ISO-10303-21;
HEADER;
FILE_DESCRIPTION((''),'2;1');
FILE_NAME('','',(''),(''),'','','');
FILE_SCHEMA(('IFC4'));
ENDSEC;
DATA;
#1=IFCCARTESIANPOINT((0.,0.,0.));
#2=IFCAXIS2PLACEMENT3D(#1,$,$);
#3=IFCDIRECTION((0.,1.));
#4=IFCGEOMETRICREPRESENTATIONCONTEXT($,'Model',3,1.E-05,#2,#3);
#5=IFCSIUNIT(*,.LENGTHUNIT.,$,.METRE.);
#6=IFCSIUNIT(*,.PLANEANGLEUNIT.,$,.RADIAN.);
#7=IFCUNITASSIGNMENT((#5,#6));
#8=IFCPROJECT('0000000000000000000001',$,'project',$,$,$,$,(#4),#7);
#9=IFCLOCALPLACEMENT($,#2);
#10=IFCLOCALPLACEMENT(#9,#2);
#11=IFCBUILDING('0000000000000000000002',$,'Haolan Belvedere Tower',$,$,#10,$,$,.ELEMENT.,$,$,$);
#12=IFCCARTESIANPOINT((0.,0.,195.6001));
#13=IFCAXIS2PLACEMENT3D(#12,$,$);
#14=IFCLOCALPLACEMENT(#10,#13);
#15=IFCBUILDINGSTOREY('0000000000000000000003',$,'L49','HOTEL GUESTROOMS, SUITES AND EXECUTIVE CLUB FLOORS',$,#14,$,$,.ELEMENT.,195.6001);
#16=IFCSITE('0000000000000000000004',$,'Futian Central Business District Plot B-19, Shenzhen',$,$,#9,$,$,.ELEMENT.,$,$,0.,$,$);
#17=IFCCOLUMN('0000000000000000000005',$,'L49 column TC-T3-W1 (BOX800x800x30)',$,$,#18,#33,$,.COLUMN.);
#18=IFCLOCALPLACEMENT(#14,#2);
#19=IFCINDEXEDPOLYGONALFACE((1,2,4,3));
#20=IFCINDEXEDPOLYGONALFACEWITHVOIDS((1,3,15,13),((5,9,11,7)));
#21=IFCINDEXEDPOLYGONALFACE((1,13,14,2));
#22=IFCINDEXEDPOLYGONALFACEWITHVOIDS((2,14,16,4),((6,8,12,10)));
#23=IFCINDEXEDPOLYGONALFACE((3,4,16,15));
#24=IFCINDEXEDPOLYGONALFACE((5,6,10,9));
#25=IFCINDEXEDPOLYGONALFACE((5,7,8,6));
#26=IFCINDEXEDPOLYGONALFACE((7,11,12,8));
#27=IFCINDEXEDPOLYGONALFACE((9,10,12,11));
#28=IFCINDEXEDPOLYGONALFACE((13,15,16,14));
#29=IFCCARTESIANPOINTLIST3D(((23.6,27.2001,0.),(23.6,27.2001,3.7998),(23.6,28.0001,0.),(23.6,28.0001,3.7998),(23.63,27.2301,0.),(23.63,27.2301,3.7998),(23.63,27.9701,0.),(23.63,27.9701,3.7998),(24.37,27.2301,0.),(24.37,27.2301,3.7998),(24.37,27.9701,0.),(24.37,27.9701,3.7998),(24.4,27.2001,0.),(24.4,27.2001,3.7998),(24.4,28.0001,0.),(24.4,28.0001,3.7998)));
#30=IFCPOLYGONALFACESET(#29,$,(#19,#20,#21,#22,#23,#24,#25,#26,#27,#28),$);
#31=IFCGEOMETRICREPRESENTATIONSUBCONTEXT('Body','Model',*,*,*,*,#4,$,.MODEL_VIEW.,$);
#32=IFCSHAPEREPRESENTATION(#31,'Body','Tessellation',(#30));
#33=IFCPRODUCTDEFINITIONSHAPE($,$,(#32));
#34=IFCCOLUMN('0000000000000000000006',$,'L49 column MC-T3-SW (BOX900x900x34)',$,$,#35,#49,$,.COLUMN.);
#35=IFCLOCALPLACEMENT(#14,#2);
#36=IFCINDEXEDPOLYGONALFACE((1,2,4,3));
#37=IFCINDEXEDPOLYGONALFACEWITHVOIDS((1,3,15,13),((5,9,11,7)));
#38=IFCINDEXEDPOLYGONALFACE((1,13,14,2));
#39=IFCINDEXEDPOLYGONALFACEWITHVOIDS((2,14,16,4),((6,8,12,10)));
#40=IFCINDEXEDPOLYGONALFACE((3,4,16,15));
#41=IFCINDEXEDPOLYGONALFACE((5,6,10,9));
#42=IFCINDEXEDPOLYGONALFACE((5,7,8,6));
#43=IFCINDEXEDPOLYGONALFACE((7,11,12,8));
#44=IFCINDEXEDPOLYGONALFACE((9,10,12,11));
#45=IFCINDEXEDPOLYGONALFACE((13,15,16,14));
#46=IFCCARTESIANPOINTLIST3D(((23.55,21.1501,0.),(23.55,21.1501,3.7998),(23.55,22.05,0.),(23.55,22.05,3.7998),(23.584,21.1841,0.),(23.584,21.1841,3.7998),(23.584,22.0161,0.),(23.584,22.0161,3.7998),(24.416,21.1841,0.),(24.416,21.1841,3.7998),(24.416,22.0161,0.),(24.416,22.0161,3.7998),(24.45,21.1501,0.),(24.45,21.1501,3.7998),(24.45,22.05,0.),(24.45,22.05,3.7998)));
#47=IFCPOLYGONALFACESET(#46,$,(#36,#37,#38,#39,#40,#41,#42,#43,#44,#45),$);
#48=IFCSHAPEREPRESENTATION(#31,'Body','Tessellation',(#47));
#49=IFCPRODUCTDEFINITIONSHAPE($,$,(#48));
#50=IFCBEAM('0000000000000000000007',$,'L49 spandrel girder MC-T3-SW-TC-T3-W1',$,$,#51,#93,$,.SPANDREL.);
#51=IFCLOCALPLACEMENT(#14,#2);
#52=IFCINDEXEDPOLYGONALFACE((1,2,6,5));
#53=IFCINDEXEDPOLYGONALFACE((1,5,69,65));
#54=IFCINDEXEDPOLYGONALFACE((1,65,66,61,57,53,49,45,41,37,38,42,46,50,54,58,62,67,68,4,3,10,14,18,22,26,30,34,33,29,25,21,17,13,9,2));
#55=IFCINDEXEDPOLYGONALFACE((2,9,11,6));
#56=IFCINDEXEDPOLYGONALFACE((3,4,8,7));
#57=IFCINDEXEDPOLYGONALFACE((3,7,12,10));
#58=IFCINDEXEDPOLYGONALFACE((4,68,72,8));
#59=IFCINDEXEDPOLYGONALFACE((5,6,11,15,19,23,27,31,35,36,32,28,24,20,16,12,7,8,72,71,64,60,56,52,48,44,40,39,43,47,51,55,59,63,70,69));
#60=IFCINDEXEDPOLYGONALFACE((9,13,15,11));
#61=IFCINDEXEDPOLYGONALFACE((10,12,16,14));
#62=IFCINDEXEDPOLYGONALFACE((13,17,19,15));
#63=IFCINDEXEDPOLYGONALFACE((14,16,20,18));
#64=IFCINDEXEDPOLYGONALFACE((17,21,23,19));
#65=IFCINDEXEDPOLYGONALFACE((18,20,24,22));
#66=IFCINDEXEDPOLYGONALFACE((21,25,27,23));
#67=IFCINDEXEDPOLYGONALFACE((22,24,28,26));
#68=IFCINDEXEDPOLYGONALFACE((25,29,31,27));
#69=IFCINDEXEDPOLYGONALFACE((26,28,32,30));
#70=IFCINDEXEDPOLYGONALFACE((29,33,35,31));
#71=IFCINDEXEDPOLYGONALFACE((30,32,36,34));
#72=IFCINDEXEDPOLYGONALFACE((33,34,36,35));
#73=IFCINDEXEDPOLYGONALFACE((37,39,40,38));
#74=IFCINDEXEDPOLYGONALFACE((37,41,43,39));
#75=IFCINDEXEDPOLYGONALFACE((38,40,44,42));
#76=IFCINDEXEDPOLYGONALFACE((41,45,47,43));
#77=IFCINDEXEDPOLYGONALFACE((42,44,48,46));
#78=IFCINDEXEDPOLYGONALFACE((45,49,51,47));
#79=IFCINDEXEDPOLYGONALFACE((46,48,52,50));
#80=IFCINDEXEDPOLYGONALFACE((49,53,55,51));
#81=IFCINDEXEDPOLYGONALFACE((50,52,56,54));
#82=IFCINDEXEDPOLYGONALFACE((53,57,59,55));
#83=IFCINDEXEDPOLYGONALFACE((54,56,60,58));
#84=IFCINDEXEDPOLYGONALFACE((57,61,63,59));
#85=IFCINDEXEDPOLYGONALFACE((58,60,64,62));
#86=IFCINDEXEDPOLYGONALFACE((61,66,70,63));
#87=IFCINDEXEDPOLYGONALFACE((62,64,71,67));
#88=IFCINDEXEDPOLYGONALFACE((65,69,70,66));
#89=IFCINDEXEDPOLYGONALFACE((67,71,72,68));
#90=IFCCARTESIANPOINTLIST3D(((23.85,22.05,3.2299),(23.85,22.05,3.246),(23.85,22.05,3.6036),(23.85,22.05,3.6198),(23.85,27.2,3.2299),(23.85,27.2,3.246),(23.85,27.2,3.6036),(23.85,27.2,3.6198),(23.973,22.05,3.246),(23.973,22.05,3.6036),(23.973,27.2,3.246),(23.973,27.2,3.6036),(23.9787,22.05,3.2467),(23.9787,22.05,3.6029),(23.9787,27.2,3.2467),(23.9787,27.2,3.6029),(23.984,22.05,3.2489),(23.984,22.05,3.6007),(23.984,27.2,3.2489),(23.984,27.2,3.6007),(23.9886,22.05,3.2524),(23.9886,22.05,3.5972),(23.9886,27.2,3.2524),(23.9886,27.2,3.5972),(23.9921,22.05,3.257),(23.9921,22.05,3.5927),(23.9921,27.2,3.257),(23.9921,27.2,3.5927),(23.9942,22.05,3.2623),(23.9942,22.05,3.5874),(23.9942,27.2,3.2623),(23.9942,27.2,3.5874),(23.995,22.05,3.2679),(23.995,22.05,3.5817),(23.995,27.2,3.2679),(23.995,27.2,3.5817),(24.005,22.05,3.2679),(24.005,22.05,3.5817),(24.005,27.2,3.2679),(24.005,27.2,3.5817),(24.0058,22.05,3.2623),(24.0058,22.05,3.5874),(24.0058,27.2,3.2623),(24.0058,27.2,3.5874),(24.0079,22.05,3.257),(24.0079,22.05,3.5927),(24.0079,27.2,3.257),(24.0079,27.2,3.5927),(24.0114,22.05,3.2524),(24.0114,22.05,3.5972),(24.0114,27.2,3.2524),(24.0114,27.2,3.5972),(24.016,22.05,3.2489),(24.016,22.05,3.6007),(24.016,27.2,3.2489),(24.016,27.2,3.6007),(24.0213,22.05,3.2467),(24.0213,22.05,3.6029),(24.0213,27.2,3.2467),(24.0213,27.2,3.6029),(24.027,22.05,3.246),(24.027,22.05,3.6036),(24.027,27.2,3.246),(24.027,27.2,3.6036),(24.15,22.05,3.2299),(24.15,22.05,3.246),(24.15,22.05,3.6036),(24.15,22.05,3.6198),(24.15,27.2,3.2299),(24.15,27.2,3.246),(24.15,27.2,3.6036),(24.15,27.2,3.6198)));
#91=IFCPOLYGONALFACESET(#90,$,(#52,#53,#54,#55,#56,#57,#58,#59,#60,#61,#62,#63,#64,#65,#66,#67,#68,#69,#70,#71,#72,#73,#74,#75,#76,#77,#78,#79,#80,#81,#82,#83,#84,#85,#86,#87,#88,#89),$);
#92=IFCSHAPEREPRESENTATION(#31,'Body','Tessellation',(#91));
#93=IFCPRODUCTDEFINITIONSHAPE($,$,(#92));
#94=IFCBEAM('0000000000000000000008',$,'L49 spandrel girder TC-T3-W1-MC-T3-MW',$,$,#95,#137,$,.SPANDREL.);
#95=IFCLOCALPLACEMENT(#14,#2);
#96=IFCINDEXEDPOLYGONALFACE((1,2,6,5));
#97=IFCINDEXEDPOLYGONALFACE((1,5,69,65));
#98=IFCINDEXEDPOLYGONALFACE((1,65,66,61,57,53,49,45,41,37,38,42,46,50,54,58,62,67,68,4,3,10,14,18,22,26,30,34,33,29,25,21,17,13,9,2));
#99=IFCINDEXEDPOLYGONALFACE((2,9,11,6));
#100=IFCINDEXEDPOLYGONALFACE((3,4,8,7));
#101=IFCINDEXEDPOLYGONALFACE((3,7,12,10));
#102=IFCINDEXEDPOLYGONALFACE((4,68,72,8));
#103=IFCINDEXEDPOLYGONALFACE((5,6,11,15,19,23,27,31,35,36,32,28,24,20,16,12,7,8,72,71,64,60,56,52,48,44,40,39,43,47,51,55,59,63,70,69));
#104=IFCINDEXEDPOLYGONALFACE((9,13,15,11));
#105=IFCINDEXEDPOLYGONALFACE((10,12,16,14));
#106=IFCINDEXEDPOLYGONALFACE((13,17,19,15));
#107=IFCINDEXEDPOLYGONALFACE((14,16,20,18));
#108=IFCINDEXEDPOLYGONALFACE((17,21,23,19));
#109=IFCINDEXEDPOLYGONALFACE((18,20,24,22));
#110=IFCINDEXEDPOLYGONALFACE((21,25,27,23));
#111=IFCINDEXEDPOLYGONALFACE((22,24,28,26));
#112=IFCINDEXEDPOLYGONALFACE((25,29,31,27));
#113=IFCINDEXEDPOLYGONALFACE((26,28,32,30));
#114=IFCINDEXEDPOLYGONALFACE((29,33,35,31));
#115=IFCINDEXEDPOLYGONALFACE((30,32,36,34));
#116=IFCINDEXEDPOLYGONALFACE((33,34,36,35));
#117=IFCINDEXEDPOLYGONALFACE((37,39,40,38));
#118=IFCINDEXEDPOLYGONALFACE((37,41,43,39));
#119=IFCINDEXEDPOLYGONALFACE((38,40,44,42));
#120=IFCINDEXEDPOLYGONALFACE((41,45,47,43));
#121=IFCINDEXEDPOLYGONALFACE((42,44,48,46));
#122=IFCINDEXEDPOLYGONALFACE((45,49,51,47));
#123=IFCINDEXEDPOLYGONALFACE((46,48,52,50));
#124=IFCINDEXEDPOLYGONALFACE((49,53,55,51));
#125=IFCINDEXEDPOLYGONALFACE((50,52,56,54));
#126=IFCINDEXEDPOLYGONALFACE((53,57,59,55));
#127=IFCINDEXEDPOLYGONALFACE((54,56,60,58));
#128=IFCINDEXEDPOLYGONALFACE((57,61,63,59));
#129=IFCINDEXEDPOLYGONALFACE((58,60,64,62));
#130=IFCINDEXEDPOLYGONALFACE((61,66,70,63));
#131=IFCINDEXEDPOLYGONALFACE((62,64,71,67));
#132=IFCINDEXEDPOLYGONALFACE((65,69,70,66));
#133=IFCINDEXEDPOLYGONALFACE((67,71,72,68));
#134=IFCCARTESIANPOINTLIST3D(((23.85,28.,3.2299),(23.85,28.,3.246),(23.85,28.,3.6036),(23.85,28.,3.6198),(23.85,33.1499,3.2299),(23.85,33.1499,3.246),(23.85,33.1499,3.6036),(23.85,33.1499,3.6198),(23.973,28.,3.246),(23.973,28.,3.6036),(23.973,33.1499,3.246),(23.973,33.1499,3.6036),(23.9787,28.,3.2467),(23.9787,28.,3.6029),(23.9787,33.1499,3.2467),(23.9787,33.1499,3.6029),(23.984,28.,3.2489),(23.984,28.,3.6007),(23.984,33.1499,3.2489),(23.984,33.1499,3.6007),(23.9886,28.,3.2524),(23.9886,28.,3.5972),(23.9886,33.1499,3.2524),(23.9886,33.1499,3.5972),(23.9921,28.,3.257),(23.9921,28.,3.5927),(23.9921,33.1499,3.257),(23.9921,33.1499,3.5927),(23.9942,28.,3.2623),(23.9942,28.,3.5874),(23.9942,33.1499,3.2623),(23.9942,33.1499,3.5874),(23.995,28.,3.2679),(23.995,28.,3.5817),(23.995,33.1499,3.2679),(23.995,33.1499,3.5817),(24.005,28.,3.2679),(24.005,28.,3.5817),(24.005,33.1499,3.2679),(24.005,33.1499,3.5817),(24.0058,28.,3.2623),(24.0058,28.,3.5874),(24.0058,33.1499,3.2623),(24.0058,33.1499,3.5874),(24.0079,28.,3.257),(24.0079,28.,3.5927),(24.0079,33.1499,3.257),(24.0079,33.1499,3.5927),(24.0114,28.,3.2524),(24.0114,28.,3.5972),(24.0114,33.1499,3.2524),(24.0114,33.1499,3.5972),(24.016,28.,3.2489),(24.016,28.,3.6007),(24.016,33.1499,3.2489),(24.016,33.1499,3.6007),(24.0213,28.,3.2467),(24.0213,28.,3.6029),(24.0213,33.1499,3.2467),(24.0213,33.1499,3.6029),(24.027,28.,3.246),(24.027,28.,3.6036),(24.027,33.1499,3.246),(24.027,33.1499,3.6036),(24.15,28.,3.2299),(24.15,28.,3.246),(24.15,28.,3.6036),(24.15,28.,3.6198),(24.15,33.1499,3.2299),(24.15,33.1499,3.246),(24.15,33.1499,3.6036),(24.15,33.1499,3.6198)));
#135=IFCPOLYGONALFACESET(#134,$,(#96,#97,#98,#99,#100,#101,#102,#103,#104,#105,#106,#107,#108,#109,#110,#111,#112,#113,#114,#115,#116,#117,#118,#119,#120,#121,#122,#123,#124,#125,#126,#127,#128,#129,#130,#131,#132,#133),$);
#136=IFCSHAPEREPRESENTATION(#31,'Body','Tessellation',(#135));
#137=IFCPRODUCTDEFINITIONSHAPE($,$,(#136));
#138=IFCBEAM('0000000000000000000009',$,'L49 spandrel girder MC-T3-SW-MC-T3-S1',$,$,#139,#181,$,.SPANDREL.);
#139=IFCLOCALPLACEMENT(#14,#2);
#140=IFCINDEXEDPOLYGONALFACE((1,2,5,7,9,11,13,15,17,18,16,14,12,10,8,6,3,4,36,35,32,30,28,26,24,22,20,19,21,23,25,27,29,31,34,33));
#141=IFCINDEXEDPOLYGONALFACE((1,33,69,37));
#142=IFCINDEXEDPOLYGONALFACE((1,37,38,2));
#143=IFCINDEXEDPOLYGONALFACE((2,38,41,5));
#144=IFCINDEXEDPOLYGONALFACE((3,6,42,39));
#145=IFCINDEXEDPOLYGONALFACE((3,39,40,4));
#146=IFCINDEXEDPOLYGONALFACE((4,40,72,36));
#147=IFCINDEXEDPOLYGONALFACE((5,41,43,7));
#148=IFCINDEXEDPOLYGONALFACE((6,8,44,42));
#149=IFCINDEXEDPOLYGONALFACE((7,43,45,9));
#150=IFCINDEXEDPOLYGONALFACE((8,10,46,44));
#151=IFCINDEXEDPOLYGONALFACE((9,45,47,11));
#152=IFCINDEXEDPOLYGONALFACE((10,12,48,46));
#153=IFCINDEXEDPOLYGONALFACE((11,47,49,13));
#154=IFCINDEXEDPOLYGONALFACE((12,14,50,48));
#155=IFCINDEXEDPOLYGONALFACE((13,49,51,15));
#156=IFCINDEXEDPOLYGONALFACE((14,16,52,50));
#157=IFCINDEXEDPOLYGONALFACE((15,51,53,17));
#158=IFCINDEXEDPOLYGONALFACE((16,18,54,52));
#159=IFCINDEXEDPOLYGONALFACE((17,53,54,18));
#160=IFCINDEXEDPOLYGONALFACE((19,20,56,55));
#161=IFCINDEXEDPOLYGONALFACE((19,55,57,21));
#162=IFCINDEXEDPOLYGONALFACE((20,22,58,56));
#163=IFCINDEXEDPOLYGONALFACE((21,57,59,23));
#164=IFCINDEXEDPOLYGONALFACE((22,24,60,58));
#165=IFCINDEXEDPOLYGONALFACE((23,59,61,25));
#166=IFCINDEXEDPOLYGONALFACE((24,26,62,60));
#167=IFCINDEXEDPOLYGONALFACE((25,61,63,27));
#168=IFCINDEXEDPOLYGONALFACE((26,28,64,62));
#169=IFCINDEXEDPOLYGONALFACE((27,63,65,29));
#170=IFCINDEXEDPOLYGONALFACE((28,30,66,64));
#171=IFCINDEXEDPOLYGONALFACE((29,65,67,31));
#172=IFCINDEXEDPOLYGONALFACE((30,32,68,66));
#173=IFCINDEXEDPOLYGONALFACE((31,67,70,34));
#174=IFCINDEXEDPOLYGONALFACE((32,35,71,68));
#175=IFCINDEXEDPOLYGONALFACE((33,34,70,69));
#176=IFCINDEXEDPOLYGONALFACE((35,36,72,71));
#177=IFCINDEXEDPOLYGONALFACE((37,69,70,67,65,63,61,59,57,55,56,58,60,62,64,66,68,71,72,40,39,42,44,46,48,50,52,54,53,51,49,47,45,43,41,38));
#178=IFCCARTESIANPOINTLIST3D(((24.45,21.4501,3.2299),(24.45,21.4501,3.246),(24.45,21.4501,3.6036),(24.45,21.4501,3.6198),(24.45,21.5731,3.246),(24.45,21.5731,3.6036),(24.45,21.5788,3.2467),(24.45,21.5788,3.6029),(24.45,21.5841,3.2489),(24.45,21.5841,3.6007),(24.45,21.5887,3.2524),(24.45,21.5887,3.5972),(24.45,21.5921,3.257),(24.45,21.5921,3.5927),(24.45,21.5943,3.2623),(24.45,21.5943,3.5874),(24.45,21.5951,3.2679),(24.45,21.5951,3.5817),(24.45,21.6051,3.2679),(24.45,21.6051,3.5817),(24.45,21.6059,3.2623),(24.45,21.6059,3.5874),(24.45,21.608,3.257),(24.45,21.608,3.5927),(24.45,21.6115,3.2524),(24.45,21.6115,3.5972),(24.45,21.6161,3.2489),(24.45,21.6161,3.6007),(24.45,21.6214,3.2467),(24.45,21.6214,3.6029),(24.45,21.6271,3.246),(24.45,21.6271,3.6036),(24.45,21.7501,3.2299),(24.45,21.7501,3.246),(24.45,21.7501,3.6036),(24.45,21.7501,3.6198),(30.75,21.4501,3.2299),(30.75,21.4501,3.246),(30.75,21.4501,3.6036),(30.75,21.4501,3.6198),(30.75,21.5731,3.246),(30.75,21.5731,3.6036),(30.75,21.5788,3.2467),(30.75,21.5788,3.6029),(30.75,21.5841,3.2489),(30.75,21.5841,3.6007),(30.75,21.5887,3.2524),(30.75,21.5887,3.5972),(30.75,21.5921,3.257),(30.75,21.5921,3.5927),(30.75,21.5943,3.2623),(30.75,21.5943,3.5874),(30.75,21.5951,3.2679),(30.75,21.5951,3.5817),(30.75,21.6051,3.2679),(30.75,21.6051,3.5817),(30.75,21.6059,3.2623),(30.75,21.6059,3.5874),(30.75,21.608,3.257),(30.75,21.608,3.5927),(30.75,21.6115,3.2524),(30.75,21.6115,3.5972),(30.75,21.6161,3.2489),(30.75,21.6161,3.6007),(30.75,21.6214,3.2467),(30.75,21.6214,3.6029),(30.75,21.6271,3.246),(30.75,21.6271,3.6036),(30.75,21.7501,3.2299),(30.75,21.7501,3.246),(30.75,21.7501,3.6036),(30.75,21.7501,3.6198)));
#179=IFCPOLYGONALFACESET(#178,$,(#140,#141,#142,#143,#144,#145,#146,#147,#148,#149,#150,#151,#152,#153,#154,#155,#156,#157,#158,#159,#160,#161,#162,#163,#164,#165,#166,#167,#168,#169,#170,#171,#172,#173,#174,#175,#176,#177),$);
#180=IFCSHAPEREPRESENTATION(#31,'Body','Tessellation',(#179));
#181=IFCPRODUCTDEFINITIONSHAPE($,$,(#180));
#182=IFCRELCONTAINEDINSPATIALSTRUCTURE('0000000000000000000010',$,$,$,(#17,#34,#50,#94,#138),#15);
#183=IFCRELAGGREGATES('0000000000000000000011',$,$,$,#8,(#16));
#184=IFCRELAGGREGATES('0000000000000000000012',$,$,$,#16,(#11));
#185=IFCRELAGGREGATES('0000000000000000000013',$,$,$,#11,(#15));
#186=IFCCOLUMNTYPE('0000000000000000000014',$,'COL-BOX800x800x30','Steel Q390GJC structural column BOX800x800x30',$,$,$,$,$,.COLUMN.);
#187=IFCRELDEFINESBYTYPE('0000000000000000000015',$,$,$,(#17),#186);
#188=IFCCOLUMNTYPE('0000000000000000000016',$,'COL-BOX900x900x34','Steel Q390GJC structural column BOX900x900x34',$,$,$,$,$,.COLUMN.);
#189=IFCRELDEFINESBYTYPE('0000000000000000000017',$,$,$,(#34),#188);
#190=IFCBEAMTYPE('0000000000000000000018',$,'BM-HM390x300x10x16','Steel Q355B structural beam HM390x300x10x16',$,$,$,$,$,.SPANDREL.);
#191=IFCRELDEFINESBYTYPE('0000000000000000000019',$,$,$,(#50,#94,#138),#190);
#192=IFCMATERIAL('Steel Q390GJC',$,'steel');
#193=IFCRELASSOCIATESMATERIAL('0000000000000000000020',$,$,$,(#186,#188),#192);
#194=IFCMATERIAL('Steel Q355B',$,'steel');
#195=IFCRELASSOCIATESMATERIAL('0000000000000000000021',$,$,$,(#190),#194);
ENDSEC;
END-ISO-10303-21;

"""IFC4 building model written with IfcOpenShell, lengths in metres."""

from ifc_helpers import new_model, si_unit, direction, frame, origin, origin_2d, place, context, subcontext, project, spatial, hollow_rectangle, i_section, extrude, material, material_profile, profile_set, type_object, element, save


model = new_model("IFC4")

# Units and contexts
model_context = context("Model", 3, precision=1e-05, world=origin(), true_north=direction((0.0, 1.0)))
body_context = subcontext(model_context, "Body", "Model", "MODEL_VIEW")
ifc_project = project(units=[si_unit("LENGTHUNIT", "METRE"), si_unit("PLANEANGLEUNIT", "RADIAN")], contexts=[model_context])

# Site, building, storey
site_placement = place(None, origin())
site = spatial("IfcSite", under=ifc_project, at=site_placement, Name="Futian Central Business District Plot B-19, Shenzhen", CompositionType="ELEMENT", RefElevation=0.0)
building_placement = place(site_placement, origin())
building = spatial("IfcBuilding", under=site, at=building_placement, Name="Haolan Belvedere Tower", CompositionType="ELEMENT")
storey_placement = place(building_placement, frame((0.0, 0.0, 195.6001)))
storey = spatial("IfcBuildingStorey", under=building, at=storey_placement, Name="L49", Description="HOTEL GUESTROOMS, SUITES AND EXECUTIVE CLUB FLOORS", CompositionType="ELEMENT", Elevation=195.6001)

# Columns
ifc_material_1 = material(Name="Steel Q390GJC", Category="steel")
ifc_material_profile_1 = material_profile(ifc_material_1, hollow_rectangle(XDim=0.8, YDim=0.8, WallThickness=0.03, at=origin_2d()), Name="Steel Q390GJC")
ifc_profile_set_1 = profile_set([ifc_material_profile_1], Name="Steel Q390GJC")
column_type_1 = type_object("IfcColumnType", Name="COL-BOX800x800x30", Description="Steel Q390GJC structural column BOX800x800x30", PredefinedType="COLUMN", material=ifc_profile_set_1)
column_1_placement = place(storey_placement, frame((24.0, 27.6001, 0.0), z_axis=(0.0, 0.0, 1.0), x_axis=(1.0, 0.0, 0.0)))
element("IfcColumn", 1, at=column_1_placement, inside=storey, type_object=column_type_1, Name="L49 column TC-T3-W1 (BOX800x800x30)", PredefinedType="COLUMN", context=body_context, shape_type="SweptSolid", body=[
    extrude(hollow_rectangle(XDim=0.8, YDim=0.8, WallThickness=0.03, at=origin_2d()), origin(), (0.0, 0.0, 1.0), 3.7998),
])
ifc_material_profile_2 = material_profile(ifc_material_1, hollow_rectangle(XDim=0.8999, YDim=0.8999, WallThickness=0.0339, at=origin_2d()), Name="Steel Q390GJC")
ifc_profile_set_2 = profile_set([ifc_material_profile_2], Name="Steel Q390GJC")
column_type_2 = type_object("IfcColumnType", Name="COL-BOX900x900x34", Description="Steel Q390GJC structural column BOX900x900x34", PredefinedType="COLUMN", material=ifc_profile_set_2)
column_2_placement = place(storey_placement, frame((24.0, 21.6001, 0.0), z_axis=(0.0, 0.0, 1.0), x_axis=(1.0, 0.0, 0.0)))
element("IfcColumn", 2, at=column_2_placement, inside=storey, type_object=column_type_2, Name="L49 column MC-T3-SW (BOX900x900x34)", PredefinedType="COLUMN", context=body_context, shape_type="SweptSolid", body=[
    extrude(hollow_rectangle(XDim=0.8999, YDim=0.8999, WallThickness=0.0339, at=origin_2d()), origin(), (0.0, 0.0, 1.0), 3.7998),
])

# Beams
ifc_material_2 = material(Name="Steel Q355B", Category="steel")
ifc_material_profile_3 = material_profile(ifc_material_2, i_section(OverallWidth=0.3, OverallDepth=0.3899, WebThickness=0.01, FlangeThickness=0.0161, FilletRadius=0.022, at=origin_2d()), Name="Steel Q355B")
ifc_profile_set_3 = profile_set([ifc_material_profile_3], Name="Steel Q355B")
beam_type_1 = type_object("IfcBeamType", Name="BM-HM390x300x10x16", Description="Steel Q355B structural beam HM390x300x10x16", PredefinedType="SPANDREL", material=ifc_profile_set_3)
for number, where, z_axis, x_axis, name in (
    (3, (24.0, 22.05, 3.4248), (0.0, 1.0, 0.0), (-1.0, 0.0, 0.0), "L49 spandrel girder MC-T3-SW-TC-T3-W1"),
    (4, (24.0, 28.0, 3.4248), (0.0, 1.0, 0.0), (-1.0, 0.0, 0.0), "L49 spandrel girder TC-T3-W1-MC-T3-MW"),
):
    element("IfcBeam", number, at=place(storey_placement, frame(where, z_axis=z_axis, x_axis=x_axis)), inside=storey, type_object=beam_type_1, Name=name, PredefinedType="SPANDREL", context=body_context, shape_type="SweptSolid", body=[
        extrude(i_section(OverallWidth=0.3, OverallDepth=0.3899, WebThickness=0.01, FlangeThickness=0.0161, FilletRadius=0.022, at=origin_2d()), origin(), (0.0, 0.0, 1.0), 5.1499),
    ])
beam_1_placement = place(storey_placement, frame((24.45, 21.6001, 3.4248), z_axis=(1.0, 0.0, 0.0), x_axis=(0.0, 1.0, 0.0)))
element("IfcBeam", 5, at=beam_1_placement, inside=storey, type_object=beam_type_1, Name="L49 spandrel girder MC-T3-SW-MC-T3-S1", PredefinedType="SPANDREL", context=body_context, shape_type="SweptSolid", body=[
    extrude(i_section(OverallWidth=0.3, OverallDepth=0.3899, WebThickness=0.01, FlangeThickness=0.0161, FilletRadius=0.022, at=origin_2d()), origin(), (0.0, 0.0, 1.0), 6.3),
])

save(model, "model.ifc")
